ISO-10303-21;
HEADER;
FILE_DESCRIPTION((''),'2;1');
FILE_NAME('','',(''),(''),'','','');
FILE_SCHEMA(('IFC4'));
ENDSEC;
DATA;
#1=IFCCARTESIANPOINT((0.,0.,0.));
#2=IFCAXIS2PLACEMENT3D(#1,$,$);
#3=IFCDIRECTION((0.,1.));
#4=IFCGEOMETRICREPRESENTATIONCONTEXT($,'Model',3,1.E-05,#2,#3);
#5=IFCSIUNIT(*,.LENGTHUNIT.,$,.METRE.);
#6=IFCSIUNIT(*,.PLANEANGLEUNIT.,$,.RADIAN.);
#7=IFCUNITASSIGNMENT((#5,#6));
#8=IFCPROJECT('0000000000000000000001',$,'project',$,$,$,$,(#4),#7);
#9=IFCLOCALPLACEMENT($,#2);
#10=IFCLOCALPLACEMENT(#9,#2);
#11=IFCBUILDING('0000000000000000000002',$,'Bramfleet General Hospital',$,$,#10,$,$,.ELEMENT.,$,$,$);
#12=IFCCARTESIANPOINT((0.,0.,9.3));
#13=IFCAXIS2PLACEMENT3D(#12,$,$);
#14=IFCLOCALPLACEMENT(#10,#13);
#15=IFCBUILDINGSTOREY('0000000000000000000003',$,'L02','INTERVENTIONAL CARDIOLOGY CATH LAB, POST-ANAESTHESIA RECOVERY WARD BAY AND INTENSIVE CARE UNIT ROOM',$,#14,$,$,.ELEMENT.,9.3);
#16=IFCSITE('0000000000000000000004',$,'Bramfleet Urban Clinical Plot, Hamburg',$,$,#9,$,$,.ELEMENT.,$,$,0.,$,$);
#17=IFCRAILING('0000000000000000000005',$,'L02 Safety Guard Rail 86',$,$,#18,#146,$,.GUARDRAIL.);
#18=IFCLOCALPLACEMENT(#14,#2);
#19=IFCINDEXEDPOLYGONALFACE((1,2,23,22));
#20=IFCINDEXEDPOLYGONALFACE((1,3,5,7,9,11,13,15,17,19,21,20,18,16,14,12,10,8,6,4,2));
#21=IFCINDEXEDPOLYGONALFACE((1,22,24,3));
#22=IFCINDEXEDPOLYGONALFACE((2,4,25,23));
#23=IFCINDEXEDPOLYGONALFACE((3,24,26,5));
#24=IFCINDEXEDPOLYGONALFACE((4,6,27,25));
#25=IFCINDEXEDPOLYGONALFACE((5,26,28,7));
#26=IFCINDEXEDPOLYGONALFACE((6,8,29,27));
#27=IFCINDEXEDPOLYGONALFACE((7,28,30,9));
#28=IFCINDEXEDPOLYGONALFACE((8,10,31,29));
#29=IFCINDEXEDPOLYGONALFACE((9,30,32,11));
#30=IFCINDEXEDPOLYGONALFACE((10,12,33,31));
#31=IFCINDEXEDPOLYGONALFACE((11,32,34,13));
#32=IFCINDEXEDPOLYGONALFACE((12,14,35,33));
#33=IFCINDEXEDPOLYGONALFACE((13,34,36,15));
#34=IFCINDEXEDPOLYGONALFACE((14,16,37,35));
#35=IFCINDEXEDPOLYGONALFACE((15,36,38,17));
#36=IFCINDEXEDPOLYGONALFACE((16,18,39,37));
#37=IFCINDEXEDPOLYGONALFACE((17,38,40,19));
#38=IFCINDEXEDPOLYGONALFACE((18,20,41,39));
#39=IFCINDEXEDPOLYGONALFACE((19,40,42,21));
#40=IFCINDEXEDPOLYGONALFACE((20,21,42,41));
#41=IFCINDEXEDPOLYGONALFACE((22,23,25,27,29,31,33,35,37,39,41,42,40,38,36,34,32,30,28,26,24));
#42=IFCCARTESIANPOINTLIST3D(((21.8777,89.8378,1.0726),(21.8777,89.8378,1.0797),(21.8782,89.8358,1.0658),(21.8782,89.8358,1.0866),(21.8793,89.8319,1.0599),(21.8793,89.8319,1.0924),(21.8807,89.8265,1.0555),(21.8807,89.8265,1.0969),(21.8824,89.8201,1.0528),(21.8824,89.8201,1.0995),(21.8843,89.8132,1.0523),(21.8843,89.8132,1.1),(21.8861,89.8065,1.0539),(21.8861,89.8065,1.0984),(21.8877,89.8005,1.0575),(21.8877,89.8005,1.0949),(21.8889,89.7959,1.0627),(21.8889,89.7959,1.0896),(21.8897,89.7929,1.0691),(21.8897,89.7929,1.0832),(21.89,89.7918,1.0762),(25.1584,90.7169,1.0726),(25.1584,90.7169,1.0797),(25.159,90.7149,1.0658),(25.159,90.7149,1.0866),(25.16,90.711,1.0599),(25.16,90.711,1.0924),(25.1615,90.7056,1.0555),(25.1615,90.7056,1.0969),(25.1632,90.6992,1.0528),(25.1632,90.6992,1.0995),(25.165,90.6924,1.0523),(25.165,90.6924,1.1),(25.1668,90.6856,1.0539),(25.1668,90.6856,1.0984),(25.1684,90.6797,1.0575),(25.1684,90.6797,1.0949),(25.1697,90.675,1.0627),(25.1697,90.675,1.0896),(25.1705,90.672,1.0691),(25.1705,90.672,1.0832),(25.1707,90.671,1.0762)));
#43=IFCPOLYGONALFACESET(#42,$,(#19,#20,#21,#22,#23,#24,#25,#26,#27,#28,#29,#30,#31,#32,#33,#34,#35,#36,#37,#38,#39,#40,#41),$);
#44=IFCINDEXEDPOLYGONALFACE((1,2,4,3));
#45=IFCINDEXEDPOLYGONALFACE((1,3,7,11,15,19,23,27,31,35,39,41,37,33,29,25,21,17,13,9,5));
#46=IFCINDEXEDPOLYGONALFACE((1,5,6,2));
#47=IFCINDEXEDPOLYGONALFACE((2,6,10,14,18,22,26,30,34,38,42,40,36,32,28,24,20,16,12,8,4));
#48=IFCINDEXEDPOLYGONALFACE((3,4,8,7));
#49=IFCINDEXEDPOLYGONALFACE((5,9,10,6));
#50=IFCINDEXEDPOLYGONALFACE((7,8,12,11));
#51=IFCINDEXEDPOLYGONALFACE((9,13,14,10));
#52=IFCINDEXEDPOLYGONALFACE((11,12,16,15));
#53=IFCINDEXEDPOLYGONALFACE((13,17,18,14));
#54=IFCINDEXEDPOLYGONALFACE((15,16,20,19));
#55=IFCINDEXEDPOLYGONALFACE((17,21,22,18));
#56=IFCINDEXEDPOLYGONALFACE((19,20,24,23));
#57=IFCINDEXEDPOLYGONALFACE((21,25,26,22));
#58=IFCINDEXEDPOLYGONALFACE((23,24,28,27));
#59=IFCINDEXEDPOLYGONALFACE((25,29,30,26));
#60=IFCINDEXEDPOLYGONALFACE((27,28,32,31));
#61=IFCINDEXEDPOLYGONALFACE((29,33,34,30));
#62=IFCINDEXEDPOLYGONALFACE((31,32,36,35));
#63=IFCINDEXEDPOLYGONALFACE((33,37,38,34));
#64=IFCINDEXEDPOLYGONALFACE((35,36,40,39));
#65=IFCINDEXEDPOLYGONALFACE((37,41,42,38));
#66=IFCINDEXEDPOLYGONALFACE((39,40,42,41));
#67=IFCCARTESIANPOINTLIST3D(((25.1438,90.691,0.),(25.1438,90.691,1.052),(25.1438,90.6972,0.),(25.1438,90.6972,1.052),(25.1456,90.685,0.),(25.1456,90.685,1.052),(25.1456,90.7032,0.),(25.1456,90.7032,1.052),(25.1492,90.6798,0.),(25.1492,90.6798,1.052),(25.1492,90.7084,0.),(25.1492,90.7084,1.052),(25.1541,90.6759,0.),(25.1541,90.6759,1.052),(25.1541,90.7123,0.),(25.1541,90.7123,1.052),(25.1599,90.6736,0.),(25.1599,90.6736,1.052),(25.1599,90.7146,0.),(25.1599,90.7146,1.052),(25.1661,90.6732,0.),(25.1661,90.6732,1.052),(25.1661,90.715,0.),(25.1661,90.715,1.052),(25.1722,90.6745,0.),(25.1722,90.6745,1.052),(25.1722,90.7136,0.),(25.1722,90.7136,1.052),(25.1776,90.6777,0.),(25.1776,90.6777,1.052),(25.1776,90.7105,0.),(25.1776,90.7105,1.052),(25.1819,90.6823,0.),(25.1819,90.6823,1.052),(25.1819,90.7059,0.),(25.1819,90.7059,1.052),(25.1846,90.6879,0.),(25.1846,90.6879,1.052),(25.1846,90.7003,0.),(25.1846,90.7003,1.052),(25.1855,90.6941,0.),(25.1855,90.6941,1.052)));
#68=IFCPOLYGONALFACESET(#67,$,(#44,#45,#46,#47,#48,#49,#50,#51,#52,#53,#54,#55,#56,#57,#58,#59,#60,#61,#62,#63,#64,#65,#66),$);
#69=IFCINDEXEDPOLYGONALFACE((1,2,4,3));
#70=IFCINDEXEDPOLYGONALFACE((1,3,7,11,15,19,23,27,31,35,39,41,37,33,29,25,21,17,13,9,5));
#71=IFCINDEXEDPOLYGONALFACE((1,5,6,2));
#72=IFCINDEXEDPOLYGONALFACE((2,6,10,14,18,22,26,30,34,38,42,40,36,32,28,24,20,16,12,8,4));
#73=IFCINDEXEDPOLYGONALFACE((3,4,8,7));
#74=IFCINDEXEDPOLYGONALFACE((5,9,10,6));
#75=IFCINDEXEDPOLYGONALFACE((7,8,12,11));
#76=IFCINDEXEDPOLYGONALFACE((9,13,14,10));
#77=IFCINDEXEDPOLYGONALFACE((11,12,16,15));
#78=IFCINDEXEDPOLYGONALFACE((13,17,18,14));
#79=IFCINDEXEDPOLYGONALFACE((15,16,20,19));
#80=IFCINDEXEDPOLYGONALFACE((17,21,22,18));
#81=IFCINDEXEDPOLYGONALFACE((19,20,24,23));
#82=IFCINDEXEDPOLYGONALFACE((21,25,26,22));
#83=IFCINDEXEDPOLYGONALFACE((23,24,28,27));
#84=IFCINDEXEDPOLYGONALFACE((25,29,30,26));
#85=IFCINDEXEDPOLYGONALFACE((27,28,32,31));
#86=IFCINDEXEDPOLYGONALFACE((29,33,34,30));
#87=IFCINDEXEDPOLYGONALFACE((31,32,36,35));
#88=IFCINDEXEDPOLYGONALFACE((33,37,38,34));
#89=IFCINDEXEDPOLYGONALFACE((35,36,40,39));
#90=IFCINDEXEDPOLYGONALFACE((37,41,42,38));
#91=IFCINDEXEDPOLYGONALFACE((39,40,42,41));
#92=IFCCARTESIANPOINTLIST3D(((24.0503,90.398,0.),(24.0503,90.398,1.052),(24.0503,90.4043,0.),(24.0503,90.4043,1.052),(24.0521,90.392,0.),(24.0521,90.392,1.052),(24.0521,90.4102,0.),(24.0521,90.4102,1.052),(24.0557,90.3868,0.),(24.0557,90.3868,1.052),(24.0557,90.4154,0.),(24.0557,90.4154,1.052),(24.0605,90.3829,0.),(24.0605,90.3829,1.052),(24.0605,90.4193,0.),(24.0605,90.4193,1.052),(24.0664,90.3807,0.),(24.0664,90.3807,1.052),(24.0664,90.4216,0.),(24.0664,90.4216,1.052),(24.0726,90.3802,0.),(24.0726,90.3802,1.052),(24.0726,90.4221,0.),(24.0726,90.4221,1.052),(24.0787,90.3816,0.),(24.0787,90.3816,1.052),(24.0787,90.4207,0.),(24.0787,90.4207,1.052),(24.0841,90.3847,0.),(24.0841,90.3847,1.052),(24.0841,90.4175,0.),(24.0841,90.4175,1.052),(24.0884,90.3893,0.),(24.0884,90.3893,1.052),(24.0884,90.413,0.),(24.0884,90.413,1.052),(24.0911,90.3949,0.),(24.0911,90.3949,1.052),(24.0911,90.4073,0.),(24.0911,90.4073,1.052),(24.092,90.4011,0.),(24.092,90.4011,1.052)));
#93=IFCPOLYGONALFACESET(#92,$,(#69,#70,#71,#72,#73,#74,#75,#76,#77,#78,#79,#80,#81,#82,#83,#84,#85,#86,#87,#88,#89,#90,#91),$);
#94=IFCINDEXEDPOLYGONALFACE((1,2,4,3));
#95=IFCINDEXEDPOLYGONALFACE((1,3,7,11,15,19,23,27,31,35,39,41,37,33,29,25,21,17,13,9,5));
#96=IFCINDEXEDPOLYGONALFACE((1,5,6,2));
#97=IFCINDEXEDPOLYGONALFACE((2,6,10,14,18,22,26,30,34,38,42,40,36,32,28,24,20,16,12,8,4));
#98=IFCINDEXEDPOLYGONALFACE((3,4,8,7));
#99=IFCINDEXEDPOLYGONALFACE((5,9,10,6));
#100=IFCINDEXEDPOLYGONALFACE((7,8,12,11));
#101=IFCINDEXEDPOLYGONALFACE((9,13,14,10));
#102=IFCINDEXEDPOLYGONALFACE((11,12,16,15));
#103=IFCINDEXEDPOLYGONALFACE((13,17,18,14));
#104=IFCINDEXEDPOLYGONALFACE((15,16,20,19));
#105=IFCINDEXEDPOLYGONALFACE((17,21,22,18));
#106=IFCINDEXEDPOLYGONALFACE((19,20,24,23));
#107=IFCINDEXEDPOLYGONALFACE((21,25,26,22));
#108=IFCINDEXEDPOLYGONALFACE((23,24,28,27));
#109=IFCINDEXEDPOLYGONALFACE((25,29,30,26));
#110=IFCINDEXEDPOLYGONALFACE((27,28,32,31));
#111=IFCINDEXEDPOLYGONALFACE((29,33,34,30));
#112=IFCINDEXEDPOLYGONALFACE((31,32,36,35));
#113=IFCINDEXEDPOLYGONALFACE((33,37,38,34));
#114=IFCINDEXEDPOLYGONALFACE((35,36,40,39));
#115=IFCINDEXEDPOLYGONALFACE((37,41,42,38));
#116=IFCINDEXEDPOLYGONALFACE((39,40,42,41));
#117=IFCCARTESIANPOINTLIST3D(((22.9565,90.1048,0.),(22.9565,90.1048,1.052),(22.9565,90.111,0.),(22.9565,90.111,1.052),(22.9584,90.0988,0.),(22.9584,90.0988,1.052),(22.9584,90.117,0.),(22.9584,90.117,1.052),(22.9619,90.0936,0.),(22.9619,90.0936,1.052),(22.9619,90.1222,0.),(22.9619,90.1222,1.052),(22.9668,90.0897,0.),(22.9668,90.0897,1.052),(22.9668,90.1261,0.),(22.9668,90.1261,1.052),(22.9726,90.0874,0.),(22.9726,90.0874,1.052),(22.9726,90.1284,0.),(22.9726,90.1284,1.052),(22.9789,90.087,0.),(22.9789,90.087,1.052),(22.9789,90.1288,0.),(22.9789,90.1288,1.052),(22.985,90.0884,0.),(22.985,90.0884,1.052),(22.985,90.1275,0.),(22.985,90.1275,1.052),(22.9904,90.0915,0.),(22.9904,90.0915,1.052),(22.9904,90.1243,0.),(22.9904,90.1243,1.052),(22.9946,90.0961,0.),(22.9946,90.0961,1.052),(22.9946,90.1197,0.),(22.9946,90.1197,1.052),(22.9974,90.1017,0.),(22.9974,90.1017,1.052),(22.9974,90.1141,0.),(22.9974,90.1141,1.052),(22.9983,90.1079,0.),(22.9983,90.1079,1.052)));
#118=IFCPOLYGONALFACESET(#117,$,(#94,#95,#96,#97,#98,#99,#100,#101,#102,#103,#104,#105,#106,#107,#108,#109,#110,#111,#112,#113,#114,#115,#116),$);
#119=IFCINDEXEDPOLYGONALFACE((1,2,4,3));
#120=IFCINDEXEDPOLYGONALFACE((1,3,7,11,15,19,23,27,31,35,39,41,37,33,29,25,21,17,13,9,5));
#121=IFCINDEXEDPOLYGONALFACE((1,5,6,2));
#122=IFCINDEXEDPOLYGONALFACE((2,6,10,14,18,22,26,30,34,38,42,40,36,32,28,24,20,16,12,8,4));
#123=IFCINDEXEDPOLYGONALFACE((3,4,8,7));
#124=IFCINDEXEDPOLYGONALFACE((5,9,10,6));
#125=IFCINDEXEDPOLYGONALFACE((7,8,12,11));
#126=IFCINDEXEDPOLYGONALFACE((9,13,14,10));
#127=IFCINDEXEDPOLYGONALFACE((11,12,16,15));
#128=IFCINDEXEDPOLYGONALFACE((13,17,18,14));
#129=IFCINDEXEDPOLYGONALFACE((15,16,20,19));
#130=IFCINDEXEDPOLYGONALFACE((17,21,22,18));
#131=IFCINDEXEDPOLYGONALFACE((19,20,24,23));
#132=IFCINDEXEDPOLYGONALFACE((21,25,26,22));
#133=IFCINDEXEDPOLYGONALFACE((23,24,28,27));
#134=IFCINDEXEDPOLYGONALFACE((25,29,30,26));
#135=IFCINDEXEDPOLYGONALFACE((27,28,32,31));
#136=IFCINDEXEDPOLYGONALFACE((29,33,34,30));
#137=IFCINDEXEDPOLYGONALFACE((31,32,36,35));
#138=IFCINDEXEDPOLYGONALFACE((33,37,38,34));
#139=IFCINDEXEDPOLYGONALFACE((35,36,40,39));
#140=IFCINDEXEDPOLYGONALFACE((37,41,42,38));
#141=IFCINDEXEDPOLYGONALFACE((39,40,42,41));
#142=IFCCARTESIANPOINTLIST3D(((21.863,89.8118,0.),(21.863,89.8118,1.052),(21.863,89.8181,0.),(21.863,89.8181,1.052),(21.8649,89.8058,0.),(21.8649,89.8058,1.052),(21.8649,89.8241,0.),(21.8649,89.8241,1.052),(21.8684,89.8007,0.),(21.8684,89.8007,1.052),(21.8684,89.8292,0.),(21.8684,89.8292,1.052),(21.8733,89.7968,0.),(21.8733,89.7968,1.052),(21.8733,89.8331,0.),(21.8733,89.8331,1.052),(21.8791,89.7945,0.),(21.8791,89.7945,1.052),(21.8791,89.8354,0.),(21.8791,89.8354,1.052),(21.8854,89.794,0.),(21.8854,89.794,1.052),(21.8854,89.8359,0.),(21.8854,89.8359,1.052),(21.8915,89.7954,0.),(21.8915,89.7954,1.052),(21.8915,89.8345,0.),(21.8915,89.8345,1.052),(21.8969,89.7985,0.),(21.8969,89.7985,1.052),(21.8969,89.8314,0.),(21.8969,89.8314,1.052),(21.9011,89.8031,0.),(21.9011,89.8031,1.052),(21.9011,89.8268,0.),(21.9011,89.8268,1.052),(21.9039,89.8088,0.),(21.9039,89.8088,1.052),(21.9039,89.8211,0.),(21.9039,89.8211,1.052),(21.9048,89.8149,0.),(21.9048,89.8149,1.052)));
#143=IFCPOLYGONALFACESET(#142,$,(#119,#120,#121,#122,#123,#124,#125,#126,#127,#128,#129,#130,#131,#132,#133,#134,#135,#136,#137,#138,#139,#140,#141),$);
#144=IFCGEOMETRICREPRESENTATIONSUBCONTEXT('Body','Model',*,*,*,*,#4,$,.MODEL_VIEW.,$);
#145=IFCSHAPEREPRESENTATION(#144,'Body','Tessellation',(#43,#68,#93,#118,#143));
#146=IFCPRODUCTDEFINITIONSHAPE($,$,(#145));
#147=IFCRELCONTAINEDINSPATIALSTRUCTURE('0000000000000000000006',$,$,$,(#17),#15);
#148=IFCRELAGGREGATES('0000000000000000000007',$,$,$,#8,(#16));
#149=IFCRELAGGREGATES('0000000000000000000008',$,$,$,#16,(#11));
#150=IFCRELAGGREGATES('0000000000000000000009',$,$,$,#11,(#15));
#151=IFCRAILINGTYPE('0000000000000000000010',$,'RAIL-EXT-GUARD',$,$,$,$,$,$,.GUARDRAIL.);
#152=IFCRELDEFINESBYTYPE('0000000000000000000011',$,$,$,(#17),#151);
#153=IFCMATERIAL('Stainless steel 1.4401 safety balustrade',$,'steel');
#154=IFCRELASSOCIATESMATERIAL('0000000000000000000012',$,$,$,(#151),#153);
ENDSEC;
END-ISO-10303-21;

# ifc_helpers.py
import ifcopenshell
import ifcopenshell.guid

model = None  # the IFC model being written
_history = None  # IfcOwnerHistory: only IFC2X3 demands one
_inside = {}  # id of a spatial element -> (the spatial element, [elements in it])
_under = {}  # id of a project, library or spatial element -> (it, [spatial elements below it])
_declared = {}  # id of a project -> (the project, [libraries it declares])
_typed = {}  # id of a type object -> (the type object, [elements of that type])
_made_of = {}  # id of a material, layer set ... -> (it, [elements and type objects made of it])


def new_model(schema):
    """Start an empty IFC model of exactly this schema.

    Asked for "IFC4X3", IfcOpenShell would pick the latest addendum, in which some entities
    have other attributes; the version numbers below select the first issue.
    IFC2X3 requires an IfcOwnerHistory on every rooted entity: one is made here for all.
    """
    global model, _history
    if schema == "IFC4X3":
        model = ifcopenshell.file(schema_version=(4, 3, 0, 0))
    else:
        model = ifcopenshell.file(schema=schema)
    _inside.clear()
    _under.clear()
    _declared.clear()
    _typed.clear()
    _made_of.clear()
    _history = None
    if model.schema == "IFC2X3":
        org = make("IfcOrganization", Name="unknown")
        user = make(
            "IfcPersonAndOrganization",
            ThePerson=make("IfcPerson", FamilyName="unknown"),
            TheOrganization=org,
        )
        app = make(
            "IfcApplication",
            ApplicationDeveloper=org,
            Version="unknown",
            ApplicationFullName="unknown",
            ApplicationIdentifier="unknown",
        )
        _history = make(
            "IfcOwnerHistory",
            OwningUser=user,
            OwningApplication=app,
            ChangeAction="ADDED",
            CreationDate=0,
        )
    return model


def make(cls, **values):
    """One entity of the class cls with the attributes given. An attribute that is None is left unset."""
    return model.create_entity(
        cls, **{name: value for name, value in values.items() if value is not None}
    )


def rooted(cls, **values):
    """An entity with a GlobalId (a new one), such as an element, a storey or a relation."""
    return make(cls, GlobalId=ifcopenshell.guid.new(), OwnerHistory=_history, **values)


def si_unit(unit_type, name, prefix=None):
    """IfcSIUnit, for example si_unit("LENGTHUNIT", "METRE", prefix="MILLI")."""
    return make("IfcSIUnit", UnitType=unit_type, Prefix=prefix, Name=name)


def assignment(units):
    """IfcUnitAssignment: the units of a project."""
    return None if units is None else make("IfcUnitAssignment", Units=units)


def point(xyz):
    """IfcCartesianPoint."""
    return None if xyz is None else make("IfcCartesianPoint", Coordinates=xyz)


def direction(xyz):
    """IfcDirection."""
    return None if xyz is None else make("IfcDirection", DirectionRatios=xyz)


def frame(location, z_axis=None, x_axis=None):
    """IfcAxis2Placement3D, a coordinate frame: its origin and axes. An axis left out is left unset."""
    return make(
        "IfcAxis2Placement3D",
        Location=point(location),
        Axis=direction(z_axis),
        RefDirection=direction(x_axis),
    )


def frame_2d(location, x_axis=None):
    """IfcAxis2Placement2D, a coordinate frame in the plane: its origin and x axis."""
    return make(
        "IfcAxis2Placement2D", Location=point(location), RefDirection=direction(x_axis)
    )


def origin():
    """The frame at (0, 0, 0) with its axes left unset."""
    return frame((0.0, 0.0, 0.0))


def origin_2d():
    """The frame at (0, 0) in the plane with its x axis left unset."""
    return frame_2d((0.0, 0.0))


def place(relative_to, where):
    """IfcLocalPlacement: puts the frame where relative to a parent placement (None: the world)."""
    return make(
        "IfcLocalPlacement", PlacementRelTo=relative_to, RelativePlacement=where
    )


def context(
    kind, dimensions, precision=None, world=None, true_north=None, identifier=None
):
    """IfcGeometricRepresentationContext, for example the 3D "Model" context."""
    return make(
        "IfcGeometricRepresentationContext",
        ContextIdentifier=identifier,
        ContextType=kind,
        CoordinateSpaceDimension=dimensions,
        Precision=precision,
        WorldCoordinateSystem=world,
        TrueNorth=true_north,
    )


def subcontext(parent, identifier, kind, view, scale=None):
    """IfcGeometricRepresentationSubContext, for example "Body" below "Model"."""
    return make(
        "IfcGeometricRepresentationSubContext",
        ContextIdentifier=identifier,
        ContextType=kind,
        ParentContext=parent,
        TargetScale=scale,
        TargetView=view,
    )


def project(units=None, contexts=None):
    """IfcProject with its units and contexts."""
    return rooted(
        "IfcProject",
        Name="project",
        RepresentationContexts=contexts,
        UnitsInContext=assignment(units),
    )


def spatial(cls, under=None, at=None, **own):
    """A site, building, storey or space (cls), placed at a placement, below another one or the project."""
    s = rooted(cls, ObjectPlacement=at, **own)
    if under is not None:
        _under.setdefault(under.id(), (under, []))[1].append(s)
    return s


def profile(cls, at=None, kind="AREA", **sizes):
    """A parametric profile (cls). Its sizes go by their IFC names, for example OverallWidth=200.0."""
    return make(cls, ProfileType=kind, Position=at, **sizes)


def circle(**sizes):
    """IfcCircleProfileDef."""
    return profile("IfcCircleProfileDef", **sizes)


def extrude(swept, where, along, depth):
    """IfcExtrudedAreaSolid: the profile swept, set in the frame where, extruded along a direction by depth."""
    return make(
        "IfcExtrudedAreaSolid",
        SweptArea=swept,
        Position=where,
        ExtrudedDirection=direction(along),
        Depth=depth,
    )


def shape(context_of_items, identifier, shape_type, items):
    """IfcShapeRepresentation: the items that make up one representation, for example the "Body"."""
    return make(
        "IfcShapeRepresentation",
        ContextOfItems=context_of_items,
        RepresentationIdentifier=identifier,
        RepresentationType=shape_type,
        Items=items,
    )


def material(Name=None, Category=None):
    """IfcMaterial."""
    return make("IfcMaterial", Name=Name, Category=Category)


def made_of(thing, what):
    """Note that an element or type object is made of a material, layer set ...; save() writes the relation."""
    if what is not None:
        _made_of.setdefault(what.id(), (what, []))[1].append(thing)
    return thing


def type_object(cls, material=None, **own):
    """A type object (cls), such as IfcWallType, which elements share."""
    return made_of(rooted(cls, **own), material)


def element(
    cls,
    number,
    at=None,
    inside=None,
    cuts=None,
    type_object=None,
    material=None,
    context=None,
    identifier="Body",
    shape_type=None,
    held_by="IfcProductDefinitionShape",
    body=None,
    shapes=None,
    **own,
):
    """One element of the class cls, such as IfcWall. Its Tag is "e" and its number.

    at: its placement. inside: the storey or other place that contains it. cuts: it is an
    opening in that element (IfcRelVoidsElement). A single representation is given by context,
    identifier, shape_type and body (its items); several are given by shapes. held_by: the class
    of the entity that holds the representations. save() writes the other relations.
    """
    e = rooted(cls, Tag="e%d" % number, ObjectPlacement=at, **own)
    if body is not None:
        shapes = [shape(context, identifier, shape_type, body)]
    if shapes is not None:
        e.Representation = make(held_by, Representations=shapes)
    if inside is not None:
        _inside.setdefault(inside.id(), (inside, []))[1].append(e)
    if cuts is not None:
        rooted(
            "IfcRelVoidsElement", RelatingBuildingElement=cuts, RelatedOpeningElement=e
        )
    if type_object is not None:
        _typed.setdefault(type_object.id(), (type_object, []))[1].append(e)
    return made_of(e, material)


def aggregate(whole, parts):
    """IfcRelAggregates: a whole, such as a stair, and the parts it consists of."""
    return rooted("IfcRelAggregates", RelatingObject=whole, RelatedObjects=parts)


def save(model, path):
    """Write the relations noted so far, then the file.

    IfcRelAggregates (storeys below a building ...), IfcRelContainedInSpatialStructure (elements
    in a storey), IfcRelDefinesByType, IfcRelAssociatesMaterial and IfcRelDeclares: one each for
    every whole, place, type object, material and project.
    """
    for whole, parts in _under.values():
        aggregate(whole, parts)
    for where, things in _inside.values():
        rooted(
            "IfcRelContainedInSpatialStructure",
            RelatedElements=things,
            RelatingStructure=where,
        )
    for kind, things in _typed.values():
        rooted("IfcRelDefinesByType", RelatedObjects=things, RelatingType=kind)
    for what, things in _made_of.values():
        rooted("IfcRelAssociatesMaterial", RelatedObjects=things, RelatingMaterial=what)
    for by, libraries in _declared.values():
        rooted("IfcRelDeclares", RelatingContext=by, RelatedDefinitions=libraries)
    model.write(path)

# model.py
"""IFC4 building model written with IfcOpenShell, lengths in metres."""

from ifc_helpers import new_model, si_unit, direction, frame, origin, origin_2d, place, context, subcontext, project, spatial, circle, extrude, material, type_object, element, save


model = new_model("IFC4")

# Units and contexts
model_context = context("Model", 3, precision=1e-05, world=origin(), true_north=direction((0.0, 1.0)))
body_context = subcontext(model_context, "Body", "Model", "MODEL_VIEW")
ifc_project = project(units=[si_unit("LENGTHUNIT", "METRE"), si_unit("PLANEANGLEUNIT", "RADIAN")], contexts=[model_context])

# Site, building, storey
site_placement = place(None, origin())
site = spatial("IfcSite", under=ifc_project, at=site_placement, Name="Bramfleet Urban Clinical Plot, Hamburg", CompositionType="ELEMENT", RefElevation=0.0)
building_placement = place(site_placement, origin())
building = spatial("IfcBuilding", under=site, at=building_placement, Name="Bramfleet General Hospital", CompositionType="ELEMENT")
storey_placement = place(building_placement, frame((0.0, 0.0, 9.3)))
storey = spatial("IfcBuildingStorey", under=building, at=storey_placement, Name="L02", Description="INTERVENTIONAL CARDIOLOGY CATH LAB, POST-ANAESTHESIA RECOVERY WARD BAY AND INTENSIVE CARE UNIT ROOM", CompositionType="ELEMENT", Elevation=9.3)

# Railing
ifc_material_1 = material(Name="Stainless steel 1.4401 safety balustrade", Category="steel")
railing_type = type_object("IfcRailingType", Name="RAIL-EXT-GUARD", PredefinedType="GUARDRAIL", material=ifc_material_1)
railing_placement = place(storey_placement, frame((25.1646, 90.6941, 0.0)))
element("IfcRailing", 1, at=railing_placement, inside=storey, type_object=railing_type, Name="L02 Safety Guard Rail 86", PredefinedType="GUARDRAIL", context=body_context, shape_type="SweptSolid", body=[
    extrude(circle(Radius=0.0239, at=origin_2d()), frame((0.0, 0.0, 1.0762), z_axis=(-0.96592, -0.258839, 0.0), x_axis=(0.258839, -0.96592, 0.0)), (0.0, 0.0, 1.0), 3.3965),
    extrude(circle(Radius=0.021, at=origin_2d()), origin(), (0.0, 0.0, 1.0), 1.052),
    extrude(circle(Radius=0.021, at=origin_2d()), frame((-1.0935, -0.293, 0.0)), (0.0, 0.0, 1.0), 1.052),
    extrude(circle(Radius=0.021, at=origin_2d()), frame((-2.1873, -0.5862, 0.0)), (0.0, 0.0, 1.0), 1.052),
    extrude(circle(Radius=0.021, at=origin_2d()), frame((-3.2808, -0.8792, 0.0)), (0.0, 0.0, 1.0), 1.052),
])

save(model, "model.ifc")
